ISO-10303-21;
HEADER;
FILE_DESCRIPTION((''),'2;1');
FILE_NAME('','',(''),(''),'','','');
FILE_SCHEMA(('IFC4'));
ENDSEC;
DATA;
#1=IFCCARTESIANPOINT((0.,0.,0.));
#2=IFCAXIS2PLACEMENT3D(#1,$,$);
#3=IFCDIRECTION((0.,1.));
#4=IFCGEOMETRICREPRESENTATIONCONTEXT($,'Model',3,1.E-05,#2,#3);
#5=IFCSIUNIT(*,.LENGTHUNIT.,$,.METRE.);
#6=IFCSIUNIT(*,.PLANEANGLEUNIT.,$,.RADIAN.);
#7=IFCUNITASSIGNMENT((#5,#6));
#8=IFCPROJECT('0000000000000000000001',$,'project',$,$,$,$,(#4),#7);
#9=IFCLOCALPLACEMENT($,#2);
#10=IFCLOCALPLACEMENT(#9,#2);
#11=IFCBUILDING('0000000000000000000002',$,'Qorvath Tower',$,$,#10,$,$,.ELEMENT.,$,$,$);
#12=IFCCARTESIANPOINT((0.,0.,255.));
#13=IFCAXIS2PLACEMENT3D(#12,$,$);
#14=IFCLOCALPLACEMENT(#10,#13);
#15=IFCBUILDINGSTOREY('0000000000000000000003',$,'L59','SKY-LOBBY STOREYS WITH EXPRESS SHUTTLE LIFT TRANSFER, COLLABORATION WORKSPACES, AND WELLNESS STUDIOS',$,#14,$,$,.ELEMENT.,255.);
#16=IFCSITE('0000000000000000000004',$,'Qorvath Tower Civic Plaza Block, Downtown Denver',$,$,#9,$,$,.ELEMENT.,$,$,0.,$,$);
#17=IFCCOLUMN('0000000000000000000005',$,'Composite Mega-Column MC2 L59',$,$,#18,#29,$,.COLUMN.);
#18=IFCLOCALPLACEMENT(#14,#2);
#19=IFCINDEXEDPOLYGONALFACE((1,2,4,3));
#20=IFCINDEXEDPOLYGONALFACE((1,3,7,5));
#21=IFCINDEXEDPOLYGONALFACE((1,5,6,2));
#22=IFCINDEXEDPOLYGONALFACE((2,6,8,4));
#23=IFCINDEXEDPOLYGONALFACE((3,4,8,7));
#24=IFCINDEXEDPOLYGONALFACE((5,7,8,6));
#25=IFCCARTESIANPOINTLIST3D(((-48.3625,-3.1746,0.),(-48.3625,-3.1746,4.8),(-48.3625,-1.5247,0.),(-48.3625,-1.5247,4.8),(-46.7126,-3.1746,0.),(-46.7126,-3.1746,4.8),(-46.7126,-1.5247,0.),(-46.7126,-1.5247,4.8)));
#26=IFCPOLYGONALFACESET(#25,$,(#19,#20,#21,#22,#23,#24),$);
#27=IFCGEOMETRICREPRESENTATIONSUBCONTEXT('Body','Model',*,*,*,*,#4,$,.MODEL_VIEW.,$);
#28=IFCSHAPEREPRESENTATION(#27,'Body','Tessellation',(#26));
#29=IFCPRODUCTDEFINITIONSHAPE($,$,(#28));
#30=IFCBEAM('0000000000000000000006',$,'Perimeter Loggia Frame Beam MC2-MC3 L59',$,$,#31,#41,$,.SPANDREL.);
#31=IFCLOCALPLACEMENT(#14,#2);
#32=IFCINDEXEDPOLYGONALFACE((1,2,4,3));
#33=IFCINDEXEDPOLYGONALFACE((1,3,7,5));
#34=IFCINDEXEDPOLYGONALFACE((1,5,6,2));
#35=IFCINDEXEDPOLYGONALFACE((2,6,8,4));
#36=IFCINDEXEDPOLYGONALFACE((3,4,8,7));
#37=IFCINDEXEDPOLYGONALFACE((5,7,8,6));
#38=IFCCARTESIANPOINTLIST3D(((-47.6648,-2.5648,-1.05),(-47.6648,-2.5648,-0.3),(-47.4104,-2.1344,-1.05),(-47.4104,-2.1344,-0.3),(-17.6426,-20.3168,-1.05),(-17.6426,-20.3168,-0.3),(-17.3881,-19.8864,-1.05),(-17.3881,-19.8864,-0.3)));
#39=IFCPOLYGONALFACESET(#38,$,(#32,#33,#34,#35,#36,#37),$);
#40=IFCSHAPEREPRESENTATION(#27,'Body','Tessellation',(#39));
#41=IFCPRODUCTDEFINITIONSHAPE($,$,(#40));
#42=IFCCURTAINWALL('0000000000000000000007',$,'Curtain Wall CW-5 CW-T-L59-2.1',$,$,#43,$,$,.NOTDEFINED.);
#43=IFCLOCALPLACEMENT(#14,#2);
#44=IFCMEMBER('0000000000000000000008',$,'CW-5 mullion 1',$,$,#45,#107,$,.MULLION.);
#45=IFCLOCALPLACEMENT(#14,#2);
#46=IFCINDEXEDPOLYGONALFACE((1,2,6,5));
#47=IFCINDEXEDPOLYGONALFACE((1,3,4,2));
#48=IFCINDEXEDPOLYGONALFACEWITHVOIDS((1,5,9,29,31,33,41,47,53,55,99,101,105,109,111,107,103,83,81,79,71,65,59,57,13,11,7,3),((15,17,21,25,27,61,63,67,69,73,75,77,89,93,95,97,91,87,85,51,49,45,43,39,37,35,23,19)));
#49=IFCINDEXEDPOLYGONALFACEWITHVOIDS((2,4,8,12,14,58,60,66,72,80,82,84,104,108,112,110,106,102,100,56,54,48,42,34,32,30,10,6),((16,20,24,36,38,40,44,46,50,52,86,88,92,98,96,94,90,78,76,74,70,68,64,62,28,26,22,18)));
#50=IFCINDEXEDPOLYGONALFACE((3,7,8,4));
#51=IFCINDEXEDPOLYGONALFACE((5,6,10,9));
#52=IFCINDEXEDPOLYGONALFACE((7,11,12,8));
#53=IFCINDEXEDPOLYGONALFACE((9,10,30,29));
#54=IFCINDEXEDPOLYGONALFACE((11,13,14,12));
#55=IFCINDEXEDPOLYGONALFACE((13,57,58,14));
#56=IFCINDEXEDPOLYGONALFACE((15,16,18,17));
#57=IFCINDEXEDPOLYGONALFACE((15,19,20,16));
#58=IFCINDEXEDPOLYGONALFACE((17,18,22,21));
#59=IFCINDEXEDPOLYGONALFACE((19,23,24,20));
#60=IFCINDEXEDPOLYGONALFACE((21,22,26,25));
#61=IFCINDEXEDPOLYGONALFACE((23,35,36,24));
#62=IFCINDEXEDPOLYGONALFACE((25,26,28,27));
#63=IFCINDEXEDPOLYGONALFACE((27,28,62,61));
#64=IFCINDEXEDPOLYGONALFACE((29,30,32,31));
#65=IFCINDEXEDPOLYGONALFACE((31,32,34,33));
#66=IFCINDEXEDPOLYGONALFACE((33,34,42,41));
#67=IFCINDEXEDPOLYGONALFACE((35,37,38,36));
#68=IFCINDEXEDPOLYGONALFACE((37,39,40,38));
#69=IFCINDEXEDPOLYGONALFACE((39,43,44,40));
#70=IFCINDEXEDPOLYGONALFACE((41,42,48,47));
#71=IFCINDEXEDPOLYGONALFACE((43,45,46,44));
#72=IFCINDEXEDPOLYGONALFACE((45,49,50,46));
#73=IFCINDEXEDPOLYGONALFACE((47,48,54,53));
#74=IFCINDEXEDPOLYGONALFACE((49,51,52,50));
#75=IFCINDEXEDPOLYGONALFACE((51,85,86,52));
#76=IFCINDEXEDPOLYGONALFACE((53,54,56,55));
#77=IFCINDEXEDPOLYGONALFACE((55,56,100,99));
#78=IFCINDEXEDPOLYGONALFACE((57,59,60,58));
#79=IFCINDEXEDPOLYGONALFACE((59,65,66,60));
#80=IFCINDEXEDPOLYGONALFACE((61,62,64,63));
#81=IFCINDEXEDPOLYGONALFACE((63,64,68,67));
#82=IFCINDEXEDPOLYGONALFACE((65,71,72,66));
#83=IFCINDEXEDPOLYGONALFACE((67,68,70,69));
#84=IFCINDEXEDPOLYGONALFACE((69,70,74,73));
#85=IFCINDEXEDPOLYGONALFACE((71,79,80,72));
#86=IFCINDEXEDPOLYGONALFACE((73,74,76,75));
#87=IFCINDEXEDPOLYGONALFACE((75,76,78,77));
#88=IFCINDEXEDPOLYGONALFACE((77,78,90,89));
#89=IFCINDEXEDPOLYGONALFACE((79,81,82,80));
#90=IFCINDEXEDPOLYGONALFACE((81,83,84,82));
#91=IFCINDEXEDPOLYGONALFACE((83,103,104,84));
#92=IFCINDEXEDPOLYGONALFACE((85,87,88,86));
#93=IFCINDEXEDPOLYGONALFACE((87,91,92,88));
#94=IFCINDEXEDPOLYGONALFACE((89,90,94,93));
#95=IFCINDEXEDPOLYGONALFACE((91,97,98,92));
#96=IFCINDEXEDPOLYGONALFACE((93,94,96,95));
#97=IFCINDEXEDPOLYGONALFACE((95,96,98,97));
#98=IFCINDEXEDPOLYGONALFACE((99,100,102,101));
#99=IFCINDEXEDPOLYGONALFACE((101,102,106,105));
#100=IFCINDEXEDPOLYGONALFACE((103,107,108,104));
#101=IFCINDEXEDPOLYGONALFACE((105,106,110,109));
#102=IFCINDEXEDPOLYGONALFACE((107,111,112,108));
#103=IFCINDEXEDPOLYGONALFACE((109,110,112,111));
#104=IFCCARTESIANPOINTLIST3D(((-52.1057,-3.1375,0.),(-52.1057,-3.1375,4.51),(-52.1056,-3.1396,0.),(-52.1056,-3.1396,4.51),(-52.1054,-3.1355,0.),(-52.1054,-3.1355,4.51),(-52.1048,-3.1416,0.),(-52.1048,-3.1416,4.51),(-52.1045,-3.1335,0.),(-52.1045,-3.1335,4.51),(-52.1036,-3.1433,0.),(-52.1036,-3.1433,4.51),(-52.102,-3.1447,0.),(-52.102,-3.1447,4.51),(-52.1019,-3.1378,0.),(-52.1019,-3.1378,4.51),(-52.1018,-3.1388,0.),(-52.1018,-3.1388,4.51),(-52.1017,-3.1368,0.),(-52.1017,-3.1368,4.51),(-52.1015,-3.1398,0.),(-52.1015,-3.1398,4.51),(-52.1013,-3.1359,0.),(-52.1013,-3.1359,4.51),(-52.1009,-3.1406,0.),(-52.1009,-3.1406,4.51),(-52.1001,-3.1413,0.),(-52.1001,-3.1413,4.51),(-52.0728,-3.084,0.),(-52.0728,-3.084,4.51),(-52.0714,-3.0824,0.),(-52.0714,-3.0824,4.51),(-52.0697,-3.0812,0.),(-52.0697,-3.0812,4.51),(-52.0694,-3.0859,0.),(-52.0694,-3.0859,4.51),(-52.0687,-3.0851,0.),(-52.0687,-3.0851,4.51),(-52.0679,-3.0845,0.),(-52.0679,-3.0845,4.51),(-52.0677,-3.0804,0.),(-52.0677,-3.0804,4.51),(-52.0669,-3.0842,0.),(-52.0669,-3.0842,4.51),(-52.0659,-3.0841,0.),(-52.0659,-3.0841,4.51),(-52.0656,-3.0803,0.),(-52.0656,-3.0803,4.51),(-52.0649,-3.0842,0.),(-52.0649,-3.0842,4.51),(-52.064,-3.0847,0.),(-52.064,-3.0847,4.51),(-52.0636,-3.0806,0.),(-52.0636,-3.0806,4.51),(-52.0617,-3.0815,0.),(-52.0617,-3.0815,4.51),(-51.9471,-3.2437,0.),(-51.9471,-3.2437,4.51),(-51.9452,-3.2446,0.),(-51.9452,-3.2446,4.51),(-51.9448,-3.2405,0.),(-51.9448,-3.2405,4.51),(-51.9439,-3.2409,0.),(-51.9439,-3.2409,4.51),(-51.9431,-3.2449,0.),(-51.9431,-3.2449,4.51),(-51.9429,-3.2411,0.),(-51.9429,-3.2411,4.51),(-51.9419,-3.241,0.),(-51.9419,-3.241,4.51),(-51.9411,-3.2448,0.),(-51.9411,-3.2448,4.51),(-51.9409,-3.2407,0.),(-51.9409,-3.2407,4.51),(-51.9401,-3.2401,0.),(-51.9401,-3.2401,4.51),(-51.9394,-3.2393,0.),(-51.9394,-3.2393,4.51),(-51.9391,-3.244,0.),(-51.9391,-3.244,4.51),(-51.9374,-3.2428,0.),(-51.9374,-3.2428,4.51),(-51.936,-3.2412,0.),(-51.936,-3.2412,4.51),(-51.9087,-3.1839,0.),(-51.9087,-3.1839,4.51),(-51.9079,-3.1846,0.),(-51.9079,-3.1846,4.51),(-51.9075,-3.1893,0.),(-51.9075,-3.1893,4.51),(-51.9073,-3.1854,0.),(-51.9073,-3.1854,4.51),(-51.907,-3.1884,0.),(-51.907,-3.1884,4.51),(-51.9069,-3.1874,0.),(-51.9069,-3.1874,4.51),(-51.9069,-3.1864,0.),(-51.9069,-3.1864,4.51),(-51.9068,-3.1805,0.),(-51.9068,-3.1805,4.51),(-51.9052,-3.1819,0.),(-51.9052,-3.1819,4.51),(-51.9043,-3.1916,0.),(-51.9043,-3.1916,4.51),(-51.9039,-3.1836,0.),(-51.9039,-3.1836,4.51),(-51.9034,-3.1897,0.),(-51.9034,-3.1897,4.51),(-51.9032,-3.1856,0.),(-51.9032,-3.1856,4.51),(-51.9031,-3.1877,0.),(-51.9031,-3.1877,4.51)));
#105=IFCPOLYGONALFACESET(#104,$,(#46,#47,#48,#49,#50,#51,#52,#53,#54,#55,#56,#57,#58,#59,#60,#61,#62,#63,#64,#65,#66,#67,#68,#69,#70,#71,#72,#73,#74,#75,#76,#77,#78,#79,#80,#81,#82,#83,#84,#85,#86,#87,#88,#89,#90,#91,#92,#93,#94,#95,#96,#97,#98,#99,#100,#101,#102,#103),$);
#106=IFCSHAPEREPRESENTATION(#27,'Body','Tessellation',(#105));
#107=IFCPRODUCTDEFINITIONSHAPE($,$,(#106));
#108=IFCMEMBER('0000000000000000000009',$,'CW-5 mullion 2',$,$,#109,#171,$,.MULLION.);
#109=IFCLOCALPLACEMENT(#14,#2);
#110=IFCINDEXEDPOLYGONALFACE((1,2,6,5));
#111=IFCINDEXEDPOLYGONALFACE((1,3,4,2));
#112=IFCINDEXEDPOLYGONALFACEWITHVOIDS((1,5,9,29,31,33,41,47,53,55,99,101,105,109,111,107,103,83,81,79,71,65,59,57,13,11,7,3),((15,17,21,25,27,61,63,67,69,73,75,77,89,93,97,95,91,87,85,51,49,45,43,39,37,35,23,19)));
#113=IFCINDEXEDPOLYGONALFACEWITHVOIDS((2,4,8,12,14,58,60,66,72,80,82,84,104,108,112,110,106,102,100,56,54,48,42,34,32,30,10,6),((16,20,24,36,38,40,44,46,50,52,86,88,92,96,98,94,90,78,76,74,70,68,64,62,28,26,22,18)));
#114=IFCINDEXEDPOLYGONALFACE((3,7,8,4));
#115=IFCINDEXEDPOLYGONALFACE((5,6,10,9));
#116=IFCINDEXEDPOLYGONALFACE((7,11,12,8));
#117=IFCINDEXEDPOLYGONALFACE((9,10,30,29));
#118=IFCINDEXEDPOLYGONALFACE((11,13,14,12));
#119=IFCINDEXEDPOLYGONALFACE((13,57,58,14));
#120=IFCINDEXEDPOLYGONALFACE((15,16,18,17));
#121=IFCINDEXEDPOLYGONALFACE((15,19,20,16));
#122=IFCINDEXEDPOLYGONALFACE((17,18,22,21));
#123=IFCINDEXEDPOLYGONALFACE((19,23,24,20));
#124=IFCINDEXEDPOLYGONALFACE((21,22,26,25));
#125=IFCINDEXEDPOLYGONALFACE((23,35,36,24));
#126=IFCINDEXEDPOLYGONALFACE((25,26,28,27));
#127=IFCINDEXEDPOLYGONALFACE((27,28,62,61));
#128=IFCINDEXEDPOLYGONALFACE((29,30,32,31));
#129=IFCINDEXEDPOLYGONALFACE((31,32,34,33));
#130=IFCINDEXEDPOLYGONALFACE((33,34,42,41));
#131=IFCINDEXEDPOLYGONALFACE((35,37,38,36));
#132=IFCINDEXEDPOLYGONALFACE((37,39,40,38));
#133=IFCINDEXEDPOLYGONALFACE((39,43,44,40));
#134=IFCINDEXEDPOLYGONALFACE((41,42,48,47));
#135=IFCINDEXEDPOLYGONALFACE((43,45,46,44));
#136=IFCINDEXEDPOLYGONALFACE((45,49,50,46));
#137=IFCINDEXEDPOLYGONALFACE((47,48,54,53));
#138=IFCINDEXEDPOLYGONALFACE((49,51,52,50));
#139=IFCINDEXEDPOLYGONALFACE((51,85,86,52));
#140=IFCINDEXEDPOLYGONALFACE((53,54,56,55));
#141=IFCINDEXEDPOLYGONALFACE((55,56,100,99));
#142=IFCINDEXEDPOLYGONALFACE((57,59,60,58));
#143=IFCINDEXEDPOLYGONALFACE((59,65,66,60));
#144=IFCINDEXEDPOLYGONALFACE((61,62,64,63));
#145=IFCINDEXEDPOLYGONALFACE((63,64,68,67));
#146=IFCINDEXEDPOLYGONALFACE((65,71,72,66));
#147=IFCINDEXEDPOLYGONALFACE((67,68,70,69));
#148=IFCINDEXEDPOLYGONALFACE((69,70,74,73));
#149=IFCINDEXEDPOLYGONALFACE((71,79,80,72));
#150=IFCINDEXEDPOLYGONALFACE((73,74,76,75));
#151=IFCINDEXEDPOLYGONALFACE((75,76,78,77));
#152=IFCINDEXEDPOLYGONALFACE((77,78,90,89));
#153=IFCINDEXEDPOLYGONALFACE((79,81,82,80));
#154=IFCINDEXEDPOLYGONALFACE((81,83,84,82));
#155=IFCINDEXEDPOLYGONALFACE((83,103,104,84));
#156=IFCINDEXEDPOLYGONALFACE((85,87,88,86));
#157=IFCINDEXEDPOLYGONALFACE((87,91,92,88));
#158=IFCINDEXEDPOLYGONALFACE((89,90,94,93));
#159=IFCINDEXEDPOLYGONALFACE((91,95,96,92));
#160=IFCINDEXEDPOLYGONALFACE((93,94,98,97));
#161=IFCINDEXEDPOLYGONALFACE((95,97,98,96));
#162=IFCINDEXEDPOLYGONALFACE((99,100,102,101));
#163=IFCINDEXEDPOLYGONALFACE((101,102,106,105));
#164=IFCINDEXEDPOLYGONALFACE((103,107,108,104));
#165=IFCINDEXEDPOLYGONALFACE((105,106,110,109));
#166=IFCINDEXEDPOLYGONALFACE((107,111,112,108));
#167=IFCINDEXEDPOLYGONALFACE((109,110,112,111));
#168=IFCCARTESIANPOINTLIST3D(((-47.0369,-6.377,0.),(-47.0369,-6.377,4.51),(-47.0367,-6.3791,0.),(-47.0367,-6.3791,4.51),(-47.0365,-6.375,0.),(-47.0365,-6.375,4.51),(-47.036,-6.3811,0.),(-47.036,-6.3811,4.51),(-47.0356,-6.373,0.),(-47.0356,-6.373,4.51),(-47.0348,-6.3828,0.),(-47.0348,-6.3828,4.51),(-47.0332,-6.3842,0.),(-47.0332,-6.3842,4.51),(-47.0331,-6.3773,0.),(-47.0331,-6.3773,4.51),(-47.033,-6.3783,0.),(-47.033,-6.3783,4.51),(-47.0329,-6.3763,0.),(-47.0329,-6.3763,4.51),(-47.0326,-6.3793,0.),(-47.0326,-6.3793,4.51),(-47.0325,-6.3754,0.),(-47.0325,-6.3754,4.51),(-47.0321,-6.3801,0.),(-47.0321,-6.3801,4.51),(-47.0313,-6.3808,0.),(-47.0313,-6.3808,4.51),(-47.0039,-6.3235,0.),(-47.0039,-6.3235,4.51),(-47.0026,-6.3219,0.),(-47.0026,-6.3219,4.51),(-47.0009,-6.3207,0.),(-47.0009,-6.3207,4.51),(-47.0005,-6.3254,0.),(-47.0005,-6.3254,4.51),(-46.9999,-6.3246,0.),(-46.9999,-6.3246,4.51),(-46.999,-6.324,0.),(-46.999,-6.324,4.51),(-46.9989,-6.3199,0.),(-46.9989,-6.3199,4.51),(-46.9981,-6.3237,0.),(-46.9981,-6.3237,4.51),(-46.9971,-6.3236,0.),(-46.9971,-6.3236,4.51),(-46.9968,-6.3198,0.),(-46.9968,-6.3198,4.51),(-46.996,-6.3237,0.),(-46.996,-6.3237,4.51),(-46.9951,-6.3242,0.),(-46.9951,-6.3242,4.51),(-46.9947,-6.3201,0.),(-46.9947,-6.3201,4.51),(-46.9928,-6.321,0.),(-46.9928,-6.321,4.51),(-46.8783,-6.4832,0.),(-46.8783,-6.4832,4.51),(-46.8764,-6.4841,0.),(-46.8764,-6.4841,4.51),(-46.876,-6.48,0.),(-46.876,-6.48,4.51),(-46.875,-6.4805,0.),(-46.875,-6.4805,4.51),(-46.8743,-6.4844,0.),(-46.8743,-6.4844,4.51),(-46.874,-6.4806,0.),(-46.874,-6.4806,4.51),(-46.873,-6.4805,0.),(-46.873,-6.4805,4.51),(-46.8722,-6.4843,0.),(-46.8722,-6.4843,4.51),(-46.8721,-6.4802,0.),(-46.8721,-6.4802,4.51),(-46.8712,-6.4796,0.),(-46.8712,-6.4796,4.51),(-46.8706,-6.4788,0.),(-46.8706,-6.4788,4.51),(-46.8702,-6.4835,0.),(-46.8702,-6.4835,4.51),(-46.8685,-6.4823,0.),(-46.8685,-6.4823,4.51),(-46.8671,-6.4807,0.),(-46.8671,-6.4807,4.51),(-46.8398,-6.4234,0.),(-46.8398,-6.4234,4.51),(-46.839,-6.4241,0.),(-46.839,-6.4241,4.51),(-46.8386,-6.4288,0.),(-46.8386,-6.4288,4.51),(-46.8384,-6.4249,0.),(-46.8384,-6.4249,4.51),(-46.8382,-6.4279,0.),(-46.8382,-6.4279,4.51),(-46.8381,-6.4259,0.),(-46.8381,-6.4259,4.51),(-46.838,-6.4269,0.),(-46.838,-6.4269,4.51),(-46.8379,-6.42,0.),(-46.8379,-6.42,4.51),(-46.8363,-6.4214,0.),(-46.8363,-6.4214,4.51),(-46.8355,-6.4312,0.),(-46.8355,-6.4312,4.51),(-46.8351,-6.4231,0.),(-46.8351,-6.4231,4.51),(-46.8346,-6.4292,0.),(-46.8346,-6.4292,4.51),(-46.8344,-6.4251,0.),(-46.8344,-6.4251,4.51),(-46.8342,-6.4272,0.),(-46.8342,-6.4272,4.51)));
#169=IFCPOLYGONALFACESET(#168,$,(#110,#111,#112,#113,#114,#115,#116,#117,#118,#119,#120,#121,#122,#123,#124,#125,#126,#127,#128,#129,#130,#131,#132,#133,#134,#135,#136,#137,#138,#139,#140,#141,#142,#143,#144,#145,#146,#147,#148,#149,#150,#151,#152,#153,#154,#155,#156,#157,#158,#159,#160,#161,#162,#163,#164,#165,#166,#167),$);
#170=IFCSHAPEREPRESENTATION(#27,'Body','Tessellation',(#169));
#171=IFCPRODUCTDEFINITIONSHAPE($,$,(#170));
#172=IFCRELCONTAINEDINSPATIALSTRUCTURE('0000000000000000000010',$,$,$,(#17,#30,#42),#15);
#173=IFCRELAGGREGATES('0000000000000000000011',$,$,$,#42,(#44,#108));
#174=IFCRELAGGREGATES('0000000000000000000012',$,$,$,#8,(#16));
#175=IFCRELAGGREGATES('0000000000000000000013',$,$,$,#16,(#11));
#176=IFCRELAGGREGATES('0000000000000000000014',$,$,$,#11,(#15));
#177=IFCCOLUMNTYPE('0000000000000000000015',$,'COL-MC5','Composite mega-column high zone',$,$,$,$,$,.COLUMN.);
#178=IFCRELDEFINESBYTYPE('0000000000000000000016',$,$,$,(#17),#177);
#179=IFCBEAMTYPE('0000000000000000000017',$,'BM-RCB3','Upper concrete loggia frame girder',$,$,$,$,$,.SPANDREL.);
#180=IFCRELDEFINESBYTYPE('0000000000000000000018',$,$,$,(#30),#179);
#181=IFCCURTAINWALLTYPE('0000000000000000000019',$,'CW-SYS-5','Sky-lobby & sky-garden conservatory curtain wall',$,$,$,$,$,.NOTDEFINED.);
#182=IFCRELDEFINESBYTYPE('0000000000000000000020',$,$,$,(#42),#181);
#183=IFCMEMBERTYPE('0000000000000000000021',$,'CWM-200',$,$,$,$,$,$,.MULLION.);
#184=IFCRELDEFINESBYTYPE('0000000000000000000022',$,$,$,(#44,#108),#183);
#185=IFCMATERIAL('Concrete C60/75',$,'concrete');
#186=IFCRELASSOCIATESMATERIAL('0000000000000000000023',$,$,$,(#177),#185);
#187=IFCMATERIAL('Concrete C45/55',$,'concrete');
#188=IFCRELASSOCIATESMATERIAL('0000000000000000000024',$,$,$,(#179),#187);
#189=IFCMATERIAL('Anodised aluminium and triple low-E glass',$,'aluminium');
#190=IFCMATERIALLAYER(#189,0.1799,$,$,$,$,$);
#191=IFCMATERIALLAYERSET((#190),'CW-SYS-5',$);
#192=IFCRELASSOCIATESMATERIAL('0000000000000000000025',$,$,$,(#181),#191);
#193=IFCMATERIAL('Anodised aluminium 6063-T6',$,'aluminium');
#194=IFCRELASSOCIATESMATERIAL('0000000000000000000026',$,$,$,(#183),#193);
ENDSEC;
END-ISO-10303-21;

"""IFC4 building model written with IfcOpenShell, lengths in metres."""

from ifc_helpers import new_model, si_unit, direction, frame, origin, origin_2d, place, context, subcontext, project, spatial, rectangle, hollow_rectangle, extrude, material, layer, layer_set, material_profile, profile_set, type_object, element, aggregate, save


model = new_model("IFC4")

# Units and contexts
model_context = context("Model", 3, precision=1e-05, world=origin(), true_north=direction((0.0, 1.0)))
body_context = subcontext(model_context, "Body", "Model", "MODEL_VIEW")
ifc_project = project(units=[si_unit("LENGTHUNIT", "METRE"), si_unit("PLANEANGLEUNIT", "RADIAN")], contexts=[model_context])

# Site, building, storey
site_placement = place(None, origin())
site = spatial("IfcSite", under=ifc_project, at=site_placement, Name="Qorvath Tower Civic Plaza Block, Downtown Denver", CompositionType="ELEMENT", RefElevation=0.0)
building_placement = place(site_placement, origin())
building = spatial("IfcBuilding", under=site, at=building_placement, Name="Qorvath Tower", CompositionType="ELEMENT")
storey_placement = place(building_placement, frame((0.0, 0.0, 255.0)))
storey = spatial("IfcBuildingStorey", under=building, at=storey_placement, Name="L59", Description="SKY-LOBBY STOREYS WITH EXPRESS SHUTTLE LIFT TRANSFER, COLLABORATION WORKSPACES, AND WELLNESS STUDIOS", CompositionType="ELEMENT", Elevation=255.0)

# Column
ifc_material_1 = material(Name="Concrete C60/75", Category="concrete")
ifc_material_profile_1 = material_profile(ifc_material_1, rectangle(XDim=1.6499, YDim=1.6499, at=origin_2d()), Name="MC 1650x1650")
ifc_profile_set_1 = profile_set([ifc_material_profile_1], Name="Concrete C60/75")
column_type = type_object("IfcColumnType", Name="COL-MC5", Description="Composite mega-column high zone", PredefinedType="COLUMN", material=ifc_profile_set_1)
column_placement = place(storey_placement, frame((-47.5376, -2.3496, 0.0), z_axis=(0.0, 0.0, 1.0), x_axis=(1.0, 0.0, 0.0)))
element("IfcColumn", 1, at=column_placement, inside=storey, type_object=column_type, Name="Composite Mega-Column MC2 L59", PredefinedType="COLUMN", context=body_context, shape_type="SweptSolid", body=[
    extrude(rectangle(XDim=1.6499, YDim=1.6499, at=origin_2d()), origin(), (0.0, 0.0, 1.0), 4.8),
])

# Beam
ifc_material_2 = material(Name="Concrete C45/55", Category="concrete")
ifc_material_profile_2 = material_profile(ifc_material_2, rectangle(XDim=0.5, YDim=0.75, at=origin_2d()), Name="RCB 750x500")
ifc_profile_set_2 = profile_set([ifc_material_profile_2], Name="Concrete C45/55")
beam_type = type_object("IfcBeamType", Name="BM-RCB3", Description="Upper concrete loggia frame girder", PredefinedType="SPANDREL", material=ifc_profile_set_2)
beam_placement = place(storey_placement, frame((-47.5376, -2.3496, -0.675), z_axis=(0.860781, -0.508975, 0.0), x_axis=(0.508975, 0.860781, 0.0)))
element("IfcBeam", 2, at=beam_placement, inside=storey, type_object=beam_type, Name="Perimeter Loggia Frame Beam MC2-MC3 L59", PredefinedType="SPANDREL", context=body_context, shape_type="SweptSolid", body=[
    extrude(rectangle(XDim=0.5, YDim=0.75, at=origin_2d()), origin(), (0.0, 0.0, 1.0), 34.8779),
])

# Curtain wall, members
ifc_material_3 = material(Name="Anodised aluminium and triple low-E glass", Category="aluminium")
ifc_layer_1 = layer(ifc_material_3, 0.1799)
ifc_layer_set_1 = layer_set([ifc_layer_1], Name="CW-SYS-5")
curtain_wall_type = type_object("IfcCurtainWallType", Name="CW-SYS-5", Description="Sky-lobby & sky-garden conservatory curtain wall", PredefinedType="NOTDEFINED", material=ifc_layer_set_1)
curtain_wall_placement = place(storey_placement, origin())
curtain_wall = element("IfcCurtainWall", 3, at=curtain_wall_placement, inside=storey, type_object=curtain_wall_type, Name="Curtain Wall CW-5 CW-T-L59-2.1", PredefinedType="NOTDEFINED")
ifc_material_4 = material(Name="Anodised aluminium 6063-T6", Category="aluminium")
ifc_material_profile_3 = material_profile(ifc_material_4, hollow_rectangle(XDim=0.075, YDim=0.2, WallThickness=0.0039, InnerFilletRadius=0.0039, OuterFilletRadius=0.0081, at=origin_2d()), Name="CWM 200x75")
ifc_profile_set_3 = profile_set([ifc_material_profile_3], Name="Anodised aluminium 6063-T6")
member_type_1 = type_object("IfcMemberType", Name="CWM-200", PredefinedType="MULLION", material=ifc_profile_set_3)
member_1_placement = place(storey_placement, frame((-52.0044, -3.1626, 0.0), z_axis=(0.0, 0.0, 1.0), x_axis=(0.538532, 0.842605, 0.0)))
member_1 = element("IfcMember", 4, at=member_1_placement, type_object=member_type_1, Name="CW-5 mullion 1", PredefinedType="MULLION", context=body_context, shape_type="SweptSolid", body=[
    extrude(hollow_rectangle(XDim=0.075, YDim=0.2, WallThickness=0.0039, InnerFilletRadius=0.0039, OuterFilletRadius=0.0081, at=origin_2d()), origin(), (0.0, 0.0, 1.0), 4.51),
])
member_2_placement = place(storey_placement, frame((-46.9355, -6.4021, 0.0), z_axis=(0.0, 0.0, 1.0), x_axis=(0.538532, 0.842605, 0.0)))
member_2 = element("IfcMember", 5, at=member_2_placement, type_object=member_type_1, Name="CW-5 mullion 2", PredefinedType="MULLION", context=body_context, shape_type="SweptSolid", body=[
    extrude(hollow_rectangle(XDim=0.075, YDim=0.2, WallThickness=0.0039, InnerFilletRadius=0.0039, OuterFilletRadius=0.0081, at=origin_2d()), origin(), (0.0, 0.0, 1.0), 4.51),
])
aggregate(curtain_wall, [member_1, member_2])

save(model, "model.ifc")
